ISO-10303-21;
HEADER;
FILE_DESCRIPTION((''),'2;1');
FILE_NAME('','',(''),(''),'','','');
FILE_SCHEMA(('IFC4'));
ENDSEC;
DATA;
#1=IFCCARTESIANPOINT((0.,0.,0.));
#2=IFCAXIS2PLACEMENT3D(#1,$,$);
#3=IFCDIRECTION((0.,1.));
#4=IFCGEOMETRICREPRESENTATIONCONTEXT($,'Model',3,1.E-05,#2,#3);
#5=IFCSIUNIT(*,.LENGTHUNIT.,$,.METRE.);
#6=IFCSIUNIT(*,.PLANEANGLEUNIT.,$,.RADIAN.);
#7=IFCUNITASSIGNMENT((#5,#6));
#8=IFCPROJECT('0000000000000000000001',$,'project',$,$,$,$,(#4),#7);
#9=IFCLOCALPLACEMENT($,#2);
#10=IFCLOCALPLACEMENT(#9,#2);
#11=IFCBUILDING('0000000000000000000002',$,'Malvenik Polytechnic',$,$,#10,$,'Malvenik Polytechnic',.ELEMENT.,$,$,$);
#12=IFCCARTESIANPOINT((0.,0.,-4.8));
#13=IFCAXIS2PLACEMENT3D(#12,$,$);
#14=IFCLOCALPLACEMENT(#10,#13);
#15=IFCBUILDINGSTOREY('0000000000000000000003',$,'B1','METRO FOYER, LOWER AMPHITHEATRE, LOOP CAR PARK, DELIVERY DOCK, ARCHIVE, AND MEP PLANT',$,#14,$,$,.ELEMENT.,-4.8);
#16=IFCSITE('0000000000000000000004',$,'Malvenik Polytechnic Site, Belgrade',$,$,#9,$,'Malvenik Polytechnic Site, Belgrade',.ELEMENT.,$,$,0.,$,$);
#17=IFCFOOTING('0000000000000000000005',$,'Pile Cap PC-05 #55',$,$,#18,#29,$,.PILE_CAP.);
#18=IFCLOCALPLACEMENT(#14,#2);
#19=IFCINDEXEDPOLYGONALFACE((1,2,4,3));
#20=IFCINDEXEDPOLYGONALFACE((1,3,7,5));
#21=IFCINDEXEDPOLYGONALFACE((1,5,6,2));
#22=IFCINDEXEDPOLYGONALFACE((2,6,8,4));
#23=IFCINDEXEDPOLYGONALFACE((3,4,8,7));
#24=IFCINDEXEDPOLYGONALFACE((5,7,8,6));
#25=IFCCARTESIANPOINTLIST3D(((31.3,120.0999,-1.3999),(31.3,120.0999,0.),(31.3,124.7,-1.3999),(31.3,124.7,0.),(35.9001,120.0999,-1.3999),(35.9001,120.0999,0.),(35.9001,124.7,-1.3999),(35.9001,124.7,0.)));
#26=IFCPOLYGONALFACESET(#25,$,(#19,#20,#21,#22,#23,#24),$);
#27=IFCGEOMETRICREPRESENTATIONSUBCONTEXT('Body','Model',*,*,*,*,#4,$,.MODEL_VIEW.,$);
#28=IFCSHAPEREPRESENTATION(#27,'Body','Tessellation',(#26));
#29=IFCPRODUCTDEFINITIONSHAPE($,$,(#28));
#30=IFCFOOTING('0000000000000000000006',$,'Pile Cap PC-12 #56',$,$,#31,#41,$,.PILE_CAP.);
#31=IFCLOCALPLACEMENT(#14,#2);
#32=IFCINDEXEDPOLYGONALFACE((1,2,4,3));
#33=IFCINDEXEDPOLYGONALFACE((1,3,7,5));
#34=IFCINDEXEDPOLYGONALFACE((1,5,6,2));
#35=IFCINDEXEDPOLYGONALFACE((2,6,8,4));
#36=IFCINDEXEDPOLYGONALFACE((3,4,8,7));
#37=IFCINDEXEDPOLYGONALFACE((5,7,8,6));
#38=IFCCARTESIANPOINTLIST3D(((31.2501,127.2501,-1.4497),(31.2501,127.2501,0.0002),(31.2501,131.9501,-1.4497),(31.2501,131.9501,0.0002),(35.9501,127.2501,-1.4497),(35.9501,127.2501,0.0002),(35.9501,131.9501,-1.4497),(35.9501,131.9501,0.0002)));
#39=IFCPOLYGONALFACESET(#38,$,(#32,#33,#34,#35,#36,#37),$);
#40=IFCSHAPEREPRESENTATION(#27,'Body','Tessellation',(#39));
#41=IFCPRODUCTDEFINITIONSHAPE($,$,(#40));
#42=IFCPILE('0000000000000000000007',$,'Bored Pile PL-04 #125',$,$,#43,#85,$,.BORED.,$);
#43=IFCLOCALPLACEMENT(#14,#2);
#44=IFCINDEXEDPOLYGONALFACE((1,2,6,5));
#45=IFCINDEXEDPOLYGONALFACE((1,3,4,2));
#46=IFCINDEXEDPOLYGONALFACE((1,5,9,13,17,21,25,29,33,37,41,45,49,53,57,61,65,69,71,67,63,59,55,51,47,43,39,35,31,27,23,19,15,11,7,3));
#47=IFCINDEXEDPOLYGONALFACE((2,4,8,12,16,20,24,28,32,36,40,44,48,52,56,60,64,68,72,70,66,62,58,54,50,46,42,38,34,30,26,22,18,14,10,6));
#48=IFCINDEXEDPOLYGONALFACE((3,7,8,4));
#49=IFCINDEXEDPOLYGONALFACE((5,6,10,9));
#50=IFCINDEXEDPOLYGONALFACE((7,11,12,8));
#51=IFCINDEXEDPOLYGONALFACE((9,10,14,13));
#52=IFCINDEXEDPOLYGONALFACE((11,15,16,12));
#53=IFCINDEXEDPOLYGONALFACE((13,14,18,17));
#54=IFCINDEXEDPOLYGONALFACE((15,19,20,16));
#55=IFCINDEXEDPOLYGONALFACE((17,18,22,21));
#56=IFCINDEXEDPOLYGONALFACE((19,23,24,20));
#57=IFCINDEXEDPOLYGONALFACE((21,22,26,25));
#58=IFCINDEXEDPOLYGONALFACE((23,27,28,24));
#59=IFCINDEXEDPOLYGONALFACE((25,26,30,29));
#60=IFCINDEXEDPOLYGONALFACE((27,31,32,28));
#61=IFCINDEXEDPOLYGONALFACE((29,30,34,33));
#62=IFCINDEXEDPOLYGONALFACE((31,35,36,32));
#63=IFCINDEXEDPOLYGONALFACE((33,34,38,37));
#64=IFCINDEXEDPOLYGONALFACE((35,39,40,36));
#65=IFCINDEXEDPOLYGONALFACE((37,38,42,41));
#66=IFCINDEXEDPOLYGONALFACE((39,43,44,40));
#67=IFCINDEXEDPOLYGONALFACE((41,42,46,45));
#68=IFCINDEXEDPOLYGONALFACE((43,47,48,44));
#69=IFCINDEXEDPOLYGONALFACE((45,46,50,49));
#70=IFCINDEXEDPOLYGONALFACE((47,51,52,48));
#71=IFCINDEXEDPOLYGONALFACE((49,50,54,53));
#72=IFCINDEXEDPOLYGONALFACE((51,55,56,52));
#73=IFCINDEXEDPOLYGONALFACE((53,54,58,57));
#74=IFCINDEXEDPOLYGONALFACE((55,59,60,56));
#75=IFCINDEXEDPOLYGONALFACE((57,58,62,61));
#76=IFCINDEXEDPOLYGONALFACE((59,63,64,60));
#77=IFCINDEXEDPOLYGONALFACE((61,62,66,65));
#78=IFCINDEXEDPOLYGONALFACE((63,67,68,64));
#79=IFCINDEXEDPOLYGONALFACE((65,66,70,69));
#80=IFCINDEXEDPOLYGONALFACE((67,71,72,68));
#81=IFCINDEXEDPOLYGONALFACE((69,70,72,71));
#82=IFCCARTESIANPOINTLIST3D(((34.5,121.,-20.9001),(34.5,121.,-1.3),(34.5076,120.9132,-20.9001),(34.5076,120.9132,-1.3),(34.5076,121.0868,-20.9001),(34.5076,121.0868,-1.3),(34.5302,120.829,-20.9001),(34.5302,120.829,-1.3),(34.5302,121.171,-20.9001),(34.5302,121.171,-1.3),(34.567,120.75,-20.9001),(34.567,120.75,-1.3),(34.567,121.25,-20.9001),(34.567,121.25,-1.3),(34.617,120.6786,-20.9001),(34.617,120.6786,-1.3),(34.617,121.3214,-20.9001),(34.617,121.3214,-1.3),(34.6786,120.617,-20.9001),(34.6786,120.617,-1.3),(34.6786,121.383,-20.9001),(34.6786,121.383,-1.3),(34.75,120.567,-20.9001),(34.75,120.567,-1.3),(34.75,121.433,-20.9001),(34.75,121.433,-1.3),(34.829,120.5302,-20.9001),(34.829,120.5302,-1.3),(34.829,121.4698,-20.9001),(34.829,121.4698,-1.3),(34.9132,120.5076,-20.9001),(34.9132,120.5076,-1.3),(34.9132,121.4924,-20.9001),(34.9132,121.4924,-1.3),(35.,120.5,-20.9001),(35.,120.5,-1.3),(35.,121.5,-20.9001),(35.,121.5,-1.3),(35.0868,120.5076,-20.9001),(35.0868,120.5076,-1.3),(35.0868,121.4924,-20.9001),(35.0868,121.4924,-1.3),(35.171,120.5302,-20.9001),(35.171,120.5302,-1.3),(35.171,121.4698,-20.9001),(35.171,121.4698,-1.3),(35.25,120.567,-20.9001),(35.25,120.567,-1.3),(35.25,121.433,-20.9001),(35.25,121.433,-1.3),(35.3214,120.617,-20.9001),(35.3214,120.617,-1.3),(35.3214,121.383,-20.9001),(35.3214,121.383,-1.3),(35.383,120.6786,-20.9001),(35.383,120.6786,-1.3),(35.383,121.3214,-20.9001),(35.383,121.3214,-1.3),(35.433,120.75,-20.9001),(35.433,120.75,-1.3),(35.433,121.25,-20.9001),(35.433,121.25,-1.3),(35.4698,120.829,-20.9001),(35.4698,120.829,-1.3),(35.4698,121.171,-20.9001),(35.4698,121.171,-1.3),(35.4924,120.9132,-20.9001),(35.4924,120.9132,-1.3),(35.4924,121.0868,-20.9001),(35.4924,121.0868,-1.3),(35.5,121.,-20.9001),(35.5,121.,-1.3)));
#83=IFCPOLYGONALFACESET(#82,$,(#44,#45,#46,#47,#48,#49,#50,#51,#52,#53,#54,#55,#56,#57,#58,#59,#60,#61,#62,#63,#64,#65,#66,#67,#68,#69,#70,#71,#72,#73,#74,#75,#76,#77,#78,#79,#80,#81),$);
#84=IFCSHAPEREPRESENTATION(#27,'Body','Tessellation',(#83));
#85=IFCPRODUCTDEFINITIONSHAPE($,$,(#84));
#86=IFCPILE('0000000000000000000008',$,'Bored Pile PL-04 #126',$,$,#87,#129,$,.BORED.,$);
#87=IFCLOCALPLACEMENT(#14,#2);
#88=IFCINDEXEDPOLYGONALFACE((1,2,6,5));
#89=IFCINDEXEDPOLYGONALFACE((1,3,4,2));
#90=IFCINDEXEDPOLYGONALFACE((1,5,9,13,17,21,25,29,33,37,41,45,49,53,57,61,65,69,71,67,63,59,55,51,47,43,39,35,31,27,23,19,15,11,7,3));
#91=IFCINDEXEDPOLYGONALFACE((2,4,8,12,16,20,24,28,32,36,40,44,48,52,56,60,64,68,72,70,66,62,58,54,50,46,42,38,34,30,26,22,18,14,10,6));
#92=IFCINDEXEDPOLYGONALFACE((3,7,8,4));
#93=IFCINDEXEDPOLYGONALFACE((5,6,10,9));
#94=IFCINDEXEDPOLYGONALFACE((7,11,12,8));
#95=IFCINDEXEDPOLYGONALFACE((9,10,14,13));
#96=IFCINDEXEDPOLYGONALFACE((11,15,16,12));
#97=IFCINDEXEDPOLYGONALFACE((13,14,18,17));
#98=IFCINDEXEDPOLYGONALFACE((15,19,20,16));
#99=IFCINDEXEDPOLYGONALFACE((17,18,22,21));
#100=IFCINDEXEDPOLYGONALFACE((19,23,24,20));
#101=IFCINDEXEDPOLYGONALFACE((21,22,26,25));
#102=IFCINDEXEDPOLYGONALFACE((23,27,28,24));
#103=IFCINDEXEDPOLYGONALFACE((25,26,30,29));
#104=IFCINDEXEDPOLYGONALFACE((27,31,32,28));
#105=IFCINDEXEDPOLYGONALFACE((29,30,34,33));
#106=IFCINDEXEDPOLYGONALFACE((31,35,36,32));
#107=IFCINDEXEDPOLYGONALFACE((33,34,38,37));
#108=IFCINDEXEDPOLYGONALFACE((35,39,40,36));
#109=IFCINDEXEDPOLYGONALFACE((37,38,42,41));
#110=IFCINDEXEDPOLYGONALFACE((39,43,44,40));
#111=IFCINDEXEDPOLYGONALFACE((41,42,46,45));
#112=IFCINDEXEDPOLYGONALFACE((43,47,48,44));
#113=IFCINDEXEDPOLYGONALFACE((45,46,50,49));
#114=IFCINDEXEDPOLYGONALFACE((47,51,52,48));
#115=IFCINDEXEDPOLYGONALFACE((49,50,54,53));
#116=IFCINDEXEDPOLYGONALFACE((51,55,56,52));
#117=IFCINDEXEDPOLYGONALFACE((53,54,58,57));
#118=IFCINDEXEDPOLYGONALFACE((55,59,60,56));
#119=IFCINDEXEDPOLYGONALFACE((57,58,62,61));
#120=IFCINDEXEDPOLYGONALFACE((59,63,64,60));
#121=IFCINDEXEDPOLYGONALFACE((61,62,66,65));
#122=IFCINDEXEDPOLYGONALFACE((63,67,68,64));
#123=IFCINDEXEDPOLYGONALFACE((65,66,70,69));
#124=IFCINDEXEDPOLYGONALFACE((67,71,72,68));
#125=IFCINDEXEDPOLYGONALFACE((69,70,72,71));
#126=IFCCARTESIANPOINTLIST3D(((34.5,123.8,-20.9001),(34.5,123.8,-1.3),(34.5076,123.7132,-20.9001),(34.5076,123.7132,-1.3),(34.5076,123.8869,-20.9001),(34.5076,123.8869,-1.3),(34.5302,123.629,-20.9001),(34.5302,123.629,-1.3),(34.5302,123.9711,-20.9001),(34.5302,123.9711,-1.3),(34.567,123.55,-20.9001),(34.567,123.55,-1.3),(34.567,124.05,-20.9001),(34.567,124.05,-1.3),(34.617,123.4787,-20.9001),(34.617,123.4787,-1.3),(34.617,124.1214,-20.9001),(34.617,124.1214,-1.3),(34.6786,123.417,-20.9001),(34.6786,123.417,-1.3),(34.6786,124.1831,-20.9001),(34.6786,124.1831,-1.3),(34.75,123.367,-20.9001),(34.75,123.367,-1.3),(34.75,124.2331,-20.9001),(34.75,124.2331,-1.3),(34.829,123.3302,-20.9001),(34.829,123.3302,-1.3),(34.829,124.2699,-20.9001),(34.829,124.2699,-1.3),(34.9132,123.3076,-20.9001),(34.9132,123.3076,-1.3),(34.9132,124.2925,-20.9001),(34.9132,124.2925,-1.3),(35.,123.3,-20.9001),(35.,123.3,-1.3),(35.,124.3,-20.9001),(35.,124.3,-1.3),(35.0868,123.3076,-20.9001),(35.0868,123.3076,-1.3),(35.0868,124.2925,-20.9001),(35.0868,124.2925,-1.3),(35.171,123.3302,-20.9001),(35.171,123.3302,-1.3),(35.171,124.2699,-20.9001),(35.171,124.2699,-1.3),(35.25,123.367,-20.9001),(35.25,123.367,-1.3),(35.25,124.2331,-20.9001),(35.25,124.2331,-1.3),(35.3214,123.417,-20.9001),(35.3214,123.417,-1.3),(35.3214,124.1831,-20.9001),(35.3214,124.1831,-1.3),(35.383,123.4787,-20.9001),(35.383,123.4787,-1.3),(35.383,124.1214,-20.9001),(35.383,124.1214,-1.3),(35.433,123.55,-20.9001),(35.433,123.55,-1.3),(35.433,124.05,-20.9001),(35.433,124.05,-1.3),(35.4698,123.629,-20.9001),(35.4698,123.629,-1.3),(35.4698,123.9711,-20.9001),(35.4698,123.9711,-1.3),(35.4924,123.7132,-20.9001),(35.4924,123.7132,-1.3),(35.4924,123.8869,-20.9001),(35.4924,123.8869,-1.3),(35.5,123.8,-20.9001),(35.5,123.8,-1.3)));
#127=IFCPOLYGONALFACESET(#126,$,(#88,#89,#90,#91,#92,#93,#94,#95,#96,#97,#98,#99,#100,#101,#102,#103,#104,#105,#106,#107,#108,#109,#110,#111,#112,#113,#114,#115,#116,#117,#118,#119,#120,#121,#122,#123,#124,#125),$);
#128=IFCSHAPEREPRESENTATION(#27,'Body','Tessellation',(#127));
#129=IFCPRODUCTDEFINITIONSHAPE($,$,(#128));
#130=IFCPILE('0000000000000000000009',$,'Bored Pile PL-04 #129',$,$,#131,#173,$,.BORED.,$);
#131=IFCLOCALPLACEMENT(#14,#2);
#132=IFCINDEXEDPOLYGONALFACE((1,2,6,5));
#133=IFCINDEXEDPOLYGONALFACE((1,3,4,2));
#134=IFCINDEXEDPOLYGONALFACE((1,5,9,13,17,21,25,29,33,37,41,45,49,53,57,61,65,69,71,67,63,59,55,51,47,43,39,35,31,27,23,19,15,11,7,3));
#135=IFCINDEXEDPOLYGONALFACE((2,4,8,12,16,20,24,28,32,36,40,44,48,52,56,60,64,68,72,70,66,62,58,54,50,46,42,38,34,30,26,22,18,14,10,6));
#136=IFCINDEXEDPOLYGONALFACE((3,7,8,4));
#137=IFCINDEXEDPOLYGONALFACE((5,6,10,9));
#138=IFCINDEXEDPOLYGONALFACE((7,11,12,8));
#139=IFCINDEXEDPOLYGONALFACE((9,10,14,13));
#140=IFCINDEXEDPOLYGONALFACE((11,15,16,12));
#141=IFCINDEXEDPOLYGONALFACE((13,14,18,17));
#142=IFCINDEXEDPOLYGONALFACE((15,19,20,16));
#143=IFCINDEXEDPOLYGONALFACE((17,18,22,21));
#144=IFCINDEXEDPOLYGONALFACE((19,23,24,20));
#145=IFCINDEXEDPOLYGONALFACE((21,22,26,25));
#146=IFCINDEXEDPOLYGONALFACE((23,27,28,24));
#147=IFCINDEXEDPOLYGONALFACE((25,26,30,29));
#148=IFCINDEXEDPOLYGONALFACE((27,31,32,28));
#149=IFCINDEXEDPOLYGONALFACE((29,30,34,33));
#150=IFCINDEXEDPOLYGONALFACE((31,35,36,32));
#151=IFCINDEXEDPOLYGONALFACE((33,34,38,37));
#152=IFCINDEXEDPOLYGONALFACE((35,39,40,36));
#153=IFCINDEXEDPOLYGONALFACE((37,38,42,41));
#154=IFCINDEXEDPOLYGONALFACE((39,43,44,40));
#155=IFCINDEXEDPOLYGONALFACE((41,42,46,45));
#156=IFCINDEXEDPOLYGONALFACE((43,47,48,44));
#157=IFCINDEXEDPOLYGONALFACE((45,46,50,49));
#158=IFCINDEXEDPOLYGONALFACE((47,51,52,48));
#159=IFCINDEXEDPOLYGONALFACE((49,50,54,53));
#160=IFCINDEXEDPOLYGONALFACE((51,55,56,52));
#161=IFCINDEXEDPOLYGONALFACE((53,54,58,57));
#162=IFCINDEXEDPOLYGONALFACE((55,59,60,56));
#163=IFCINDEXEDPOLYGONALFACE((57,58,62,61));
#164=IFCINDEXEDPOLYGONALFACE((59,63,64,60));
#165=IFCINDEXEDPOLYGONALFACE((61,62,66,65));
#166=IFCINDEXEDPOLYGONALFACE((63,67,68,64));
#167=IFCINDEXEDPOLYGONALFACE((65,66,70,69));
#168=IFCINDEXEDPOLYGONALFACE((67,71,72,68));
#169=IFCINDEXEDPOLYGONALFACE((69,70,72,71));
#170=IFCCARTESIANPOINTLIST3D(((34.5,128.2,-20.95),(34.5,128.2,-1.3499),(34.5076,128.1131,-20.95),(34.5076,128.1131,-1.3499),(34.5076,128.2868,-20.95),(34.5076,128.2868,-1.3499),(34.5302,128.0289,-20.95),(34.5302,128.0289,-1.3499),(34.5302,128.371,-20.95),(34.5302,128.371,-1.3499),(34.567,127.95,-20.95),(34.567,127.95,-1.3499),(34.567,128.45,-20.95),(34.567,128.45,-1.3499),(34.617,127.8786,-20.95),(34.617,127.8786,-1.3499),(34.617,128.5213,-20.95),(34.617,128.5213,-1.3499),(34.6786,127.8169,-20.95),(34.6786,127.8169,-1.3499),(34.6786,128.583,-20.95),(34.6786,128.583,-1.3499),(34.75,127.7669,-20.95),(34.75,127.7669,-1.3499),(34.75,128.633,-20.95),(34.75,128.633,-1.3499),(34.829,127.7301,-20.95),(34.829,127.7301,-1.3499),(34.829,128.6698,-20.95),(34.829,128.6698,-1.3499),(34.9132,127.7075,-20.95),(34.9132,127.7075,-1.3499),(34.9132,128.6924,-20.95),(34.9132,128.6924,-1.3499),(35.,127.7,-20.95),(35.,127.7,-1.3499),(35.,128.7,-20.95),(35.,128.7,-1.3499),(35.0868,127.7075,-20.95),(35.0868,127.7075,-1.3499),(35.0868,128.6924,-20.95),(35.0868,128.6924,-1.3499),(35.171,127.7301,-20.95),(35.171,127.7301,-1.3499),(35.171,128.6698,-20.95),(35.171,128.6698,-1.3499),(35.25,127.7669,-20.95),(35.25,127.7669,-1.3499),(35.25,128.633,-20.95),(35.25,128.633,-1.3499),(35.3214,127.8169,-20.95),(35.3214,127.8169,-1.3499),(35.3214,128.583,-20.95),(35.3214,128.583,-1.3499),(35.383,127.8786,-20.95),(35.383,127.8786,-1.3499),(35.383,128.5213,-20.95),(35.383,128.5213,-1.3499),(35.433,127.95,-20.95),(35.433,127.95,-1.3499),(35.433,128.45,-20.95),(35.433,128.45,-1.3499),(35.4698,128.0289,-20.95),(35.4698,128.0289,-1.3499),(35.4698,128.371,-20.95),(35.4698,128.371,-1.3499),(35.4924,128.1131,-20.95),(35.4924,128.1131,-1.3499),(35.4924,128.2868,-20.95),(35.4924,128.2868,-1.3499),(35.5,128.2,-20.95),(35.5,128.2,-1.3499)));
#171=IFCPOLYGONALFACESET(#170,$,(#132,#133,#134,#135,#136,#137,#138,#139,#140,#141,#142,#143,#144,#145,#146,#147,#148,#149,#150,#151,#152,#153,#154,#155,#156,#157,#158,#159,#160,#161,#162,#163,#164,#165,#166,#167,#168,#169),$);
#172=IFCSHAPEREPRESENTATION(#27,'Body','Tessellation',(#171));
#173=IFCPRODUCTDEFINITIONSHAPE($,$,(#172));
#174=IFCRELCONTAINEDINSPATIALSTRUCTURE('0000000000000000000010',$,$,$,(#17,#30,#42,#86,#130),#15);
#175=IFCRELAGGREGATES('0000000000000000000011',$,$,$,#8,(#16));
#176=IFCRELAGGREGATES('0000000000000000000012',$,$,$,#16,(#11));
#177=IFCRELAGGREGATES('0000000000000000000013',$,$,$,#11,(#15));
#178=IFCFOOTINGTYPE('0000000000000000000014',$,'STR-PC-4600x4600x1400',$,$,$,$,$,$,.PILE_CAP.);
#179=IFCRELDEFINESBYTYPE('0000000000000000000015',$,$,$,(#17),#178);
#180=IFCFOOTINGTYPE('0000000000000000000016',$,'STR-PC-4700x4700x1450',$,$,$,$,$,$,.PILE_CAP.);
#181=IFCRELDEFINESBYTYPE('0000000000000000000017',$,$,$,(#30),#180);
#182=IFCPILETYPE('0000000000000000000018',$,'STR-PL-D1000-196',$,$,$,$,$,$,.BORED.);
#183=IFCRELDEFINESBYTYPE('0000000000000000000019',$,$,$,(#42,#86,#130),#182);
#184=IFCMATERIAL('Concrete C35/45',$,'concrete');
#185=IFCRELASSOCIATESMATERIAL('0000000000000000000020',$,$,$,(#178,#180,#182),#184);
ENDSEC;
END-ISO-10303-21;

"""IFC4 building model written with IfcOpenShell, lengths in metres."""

from ifc_helpers import new_model, si_unit, direction, frame, origin, origin_2d, place, context, subcontext, project, spatial, rectangle, circle, extrude, material, material_profile, profile_set, type_object, element, save


model = new_model("IFC4")

# Units and contexts
model_context = context("Model", 3, precision=1e-05, world=origin(), true_north=direction((0.0, 1.0)))
body_context = subcontext(model_context, "Body", "Model", "MODEL_VIEW")
ifc_project = project(units=[si_unit("LENGTHUNIT", "METRE"), si_unit("PLANEANGLEUNIT", "RADIAN")], contexts=[model_context])

# Site, building, storey
site_placement = place(None, origin())
site = spatial("IfcSite", under=ifc_project, at=site_placement, Name="Malvenik Polytechnic Site, Belgrade", LongName="Malvenik Polytechnic Site, Belgrade", CompositionType="ELEMENT", RefElevation=0.0)
building_placement = place(site_placement, origin())
building = spatial("IfcBuilding", under=site, at=building_placement, Name="Malvenik Polytechnic", LongName="Malvenik Polytechnic", CompositionType="ELEMENT")
storey_placement = place(building_placement, frame((0.0, 0.0, -4.8)))
storey = spatial("IfcBuildingStorey", under=building, at=storey_placement, Name="B1", Description="METRO FOYER, LOWER AMPHITHEATRE, LOOP CAR PARK, DELIVERY DOCK, ARCHIVE, AND MEP PLANT", CompositionType="ELEMENT", Elevation=-4.8)

# Footings
ifc_material_1 = material(Name="Concrete C35/45", Category="concrete")
footing_type_1 = type_object("IfcFootingType", Name="STR-PC-4600x4600x1400", PredefinedType="PILE_CAP", material=ifc_material_1)
footing_1_placement = place(storey_placement, frame((33.6001, 122.3999, -1.3999), z_axis=(0.0, 0.0, 1.0), x_axis=(1.0, 0.0, 0.0)))
element("IfcFooting", 1, at=footing_1_placement, inside=storey, type_object=footing_type_1, Name="Pile Cap PC-05 #55", PredefinedType="PILE_CAP", context=body_context, shape_type="SweptSolid", body=[
    extrude(rectangle(XDim=4.6001, YDim=4.6001, at=origin_2d()), origin(), (0.0, 0.0, 1.0), 1.3999),
])
footing_type_2 = type_object("IfcFootingType", Name="STR-PC-4700x4700x1450", PredefinedType="PILE_CAP", material=ifc_material_1)
footing_2_placement = place(storey_placement, frame((33.6001, 129.6001, -1.4497), z_axis=(0.0, 0.0, 1.0), x_axis=(1.0, 0.0, 0.0)))
element("IfcFooting", 2, at=footing_2_placement, inside=storey, type_object=footing_type_2, Name="Pile Cap PC-12 #56", PredefinedType="PILE_CAP", context=body_context, shape_type="SweptSolid", body=[
    extrude(rectangle(XDim=4.7, YDim=4.7, at=origin_2d()), origin(), (0.0, 0.0, 1.0), 1.45),
])

# Piles
ifc_material_profile_1 = material_profile(ifc_material_1, circle(Radius=0.5, at=origin_2d()), Name="BORED PILE D1000")
ifc_profile_set_1 = profile_set([ifc_material_profile_1], Name="Concrete C35/45")
pile_type = type_object("IfcPileType", Name="STR-PL-D1000-196", PredefinedType="BORED", material=ifc_profile_set_1)
for number, where, z_axis, x_axis, name in (
    (3, (35.0, 121.0, -1.3), (0.0, 0.0, -1.0), (1.0, 0.0, 0.0), "Bored Pile PL-04 #125"),
    (4, (35.0, 123.8, -1.3), (0.0, 0.0, -1.0), (1.0, 0.0, 0.0), "Bored Pile PL-04 #126"),
    (5, (35.0, 128.2, -1.3499), (0.0, 0.0, -1.0), (1.0, 0.0, 0.0), "Bored Pile PL-04 #129"),
):
    element("IfcPile", number, at=place(storey_placement, frame(where, z_axis=z_axis, x_axis=x_axis)), inside=storey, type_object=pile_type, Name=name, PredefinedType="BORED", context=body_context, shape_type="SweptSolid", body=[
        extrude(circle(Radius=0.5, at=origin_2d()), origin(), (0.0, 0.0, 1.0), 19.6001),
    ])

save(model, "model.ifc")
